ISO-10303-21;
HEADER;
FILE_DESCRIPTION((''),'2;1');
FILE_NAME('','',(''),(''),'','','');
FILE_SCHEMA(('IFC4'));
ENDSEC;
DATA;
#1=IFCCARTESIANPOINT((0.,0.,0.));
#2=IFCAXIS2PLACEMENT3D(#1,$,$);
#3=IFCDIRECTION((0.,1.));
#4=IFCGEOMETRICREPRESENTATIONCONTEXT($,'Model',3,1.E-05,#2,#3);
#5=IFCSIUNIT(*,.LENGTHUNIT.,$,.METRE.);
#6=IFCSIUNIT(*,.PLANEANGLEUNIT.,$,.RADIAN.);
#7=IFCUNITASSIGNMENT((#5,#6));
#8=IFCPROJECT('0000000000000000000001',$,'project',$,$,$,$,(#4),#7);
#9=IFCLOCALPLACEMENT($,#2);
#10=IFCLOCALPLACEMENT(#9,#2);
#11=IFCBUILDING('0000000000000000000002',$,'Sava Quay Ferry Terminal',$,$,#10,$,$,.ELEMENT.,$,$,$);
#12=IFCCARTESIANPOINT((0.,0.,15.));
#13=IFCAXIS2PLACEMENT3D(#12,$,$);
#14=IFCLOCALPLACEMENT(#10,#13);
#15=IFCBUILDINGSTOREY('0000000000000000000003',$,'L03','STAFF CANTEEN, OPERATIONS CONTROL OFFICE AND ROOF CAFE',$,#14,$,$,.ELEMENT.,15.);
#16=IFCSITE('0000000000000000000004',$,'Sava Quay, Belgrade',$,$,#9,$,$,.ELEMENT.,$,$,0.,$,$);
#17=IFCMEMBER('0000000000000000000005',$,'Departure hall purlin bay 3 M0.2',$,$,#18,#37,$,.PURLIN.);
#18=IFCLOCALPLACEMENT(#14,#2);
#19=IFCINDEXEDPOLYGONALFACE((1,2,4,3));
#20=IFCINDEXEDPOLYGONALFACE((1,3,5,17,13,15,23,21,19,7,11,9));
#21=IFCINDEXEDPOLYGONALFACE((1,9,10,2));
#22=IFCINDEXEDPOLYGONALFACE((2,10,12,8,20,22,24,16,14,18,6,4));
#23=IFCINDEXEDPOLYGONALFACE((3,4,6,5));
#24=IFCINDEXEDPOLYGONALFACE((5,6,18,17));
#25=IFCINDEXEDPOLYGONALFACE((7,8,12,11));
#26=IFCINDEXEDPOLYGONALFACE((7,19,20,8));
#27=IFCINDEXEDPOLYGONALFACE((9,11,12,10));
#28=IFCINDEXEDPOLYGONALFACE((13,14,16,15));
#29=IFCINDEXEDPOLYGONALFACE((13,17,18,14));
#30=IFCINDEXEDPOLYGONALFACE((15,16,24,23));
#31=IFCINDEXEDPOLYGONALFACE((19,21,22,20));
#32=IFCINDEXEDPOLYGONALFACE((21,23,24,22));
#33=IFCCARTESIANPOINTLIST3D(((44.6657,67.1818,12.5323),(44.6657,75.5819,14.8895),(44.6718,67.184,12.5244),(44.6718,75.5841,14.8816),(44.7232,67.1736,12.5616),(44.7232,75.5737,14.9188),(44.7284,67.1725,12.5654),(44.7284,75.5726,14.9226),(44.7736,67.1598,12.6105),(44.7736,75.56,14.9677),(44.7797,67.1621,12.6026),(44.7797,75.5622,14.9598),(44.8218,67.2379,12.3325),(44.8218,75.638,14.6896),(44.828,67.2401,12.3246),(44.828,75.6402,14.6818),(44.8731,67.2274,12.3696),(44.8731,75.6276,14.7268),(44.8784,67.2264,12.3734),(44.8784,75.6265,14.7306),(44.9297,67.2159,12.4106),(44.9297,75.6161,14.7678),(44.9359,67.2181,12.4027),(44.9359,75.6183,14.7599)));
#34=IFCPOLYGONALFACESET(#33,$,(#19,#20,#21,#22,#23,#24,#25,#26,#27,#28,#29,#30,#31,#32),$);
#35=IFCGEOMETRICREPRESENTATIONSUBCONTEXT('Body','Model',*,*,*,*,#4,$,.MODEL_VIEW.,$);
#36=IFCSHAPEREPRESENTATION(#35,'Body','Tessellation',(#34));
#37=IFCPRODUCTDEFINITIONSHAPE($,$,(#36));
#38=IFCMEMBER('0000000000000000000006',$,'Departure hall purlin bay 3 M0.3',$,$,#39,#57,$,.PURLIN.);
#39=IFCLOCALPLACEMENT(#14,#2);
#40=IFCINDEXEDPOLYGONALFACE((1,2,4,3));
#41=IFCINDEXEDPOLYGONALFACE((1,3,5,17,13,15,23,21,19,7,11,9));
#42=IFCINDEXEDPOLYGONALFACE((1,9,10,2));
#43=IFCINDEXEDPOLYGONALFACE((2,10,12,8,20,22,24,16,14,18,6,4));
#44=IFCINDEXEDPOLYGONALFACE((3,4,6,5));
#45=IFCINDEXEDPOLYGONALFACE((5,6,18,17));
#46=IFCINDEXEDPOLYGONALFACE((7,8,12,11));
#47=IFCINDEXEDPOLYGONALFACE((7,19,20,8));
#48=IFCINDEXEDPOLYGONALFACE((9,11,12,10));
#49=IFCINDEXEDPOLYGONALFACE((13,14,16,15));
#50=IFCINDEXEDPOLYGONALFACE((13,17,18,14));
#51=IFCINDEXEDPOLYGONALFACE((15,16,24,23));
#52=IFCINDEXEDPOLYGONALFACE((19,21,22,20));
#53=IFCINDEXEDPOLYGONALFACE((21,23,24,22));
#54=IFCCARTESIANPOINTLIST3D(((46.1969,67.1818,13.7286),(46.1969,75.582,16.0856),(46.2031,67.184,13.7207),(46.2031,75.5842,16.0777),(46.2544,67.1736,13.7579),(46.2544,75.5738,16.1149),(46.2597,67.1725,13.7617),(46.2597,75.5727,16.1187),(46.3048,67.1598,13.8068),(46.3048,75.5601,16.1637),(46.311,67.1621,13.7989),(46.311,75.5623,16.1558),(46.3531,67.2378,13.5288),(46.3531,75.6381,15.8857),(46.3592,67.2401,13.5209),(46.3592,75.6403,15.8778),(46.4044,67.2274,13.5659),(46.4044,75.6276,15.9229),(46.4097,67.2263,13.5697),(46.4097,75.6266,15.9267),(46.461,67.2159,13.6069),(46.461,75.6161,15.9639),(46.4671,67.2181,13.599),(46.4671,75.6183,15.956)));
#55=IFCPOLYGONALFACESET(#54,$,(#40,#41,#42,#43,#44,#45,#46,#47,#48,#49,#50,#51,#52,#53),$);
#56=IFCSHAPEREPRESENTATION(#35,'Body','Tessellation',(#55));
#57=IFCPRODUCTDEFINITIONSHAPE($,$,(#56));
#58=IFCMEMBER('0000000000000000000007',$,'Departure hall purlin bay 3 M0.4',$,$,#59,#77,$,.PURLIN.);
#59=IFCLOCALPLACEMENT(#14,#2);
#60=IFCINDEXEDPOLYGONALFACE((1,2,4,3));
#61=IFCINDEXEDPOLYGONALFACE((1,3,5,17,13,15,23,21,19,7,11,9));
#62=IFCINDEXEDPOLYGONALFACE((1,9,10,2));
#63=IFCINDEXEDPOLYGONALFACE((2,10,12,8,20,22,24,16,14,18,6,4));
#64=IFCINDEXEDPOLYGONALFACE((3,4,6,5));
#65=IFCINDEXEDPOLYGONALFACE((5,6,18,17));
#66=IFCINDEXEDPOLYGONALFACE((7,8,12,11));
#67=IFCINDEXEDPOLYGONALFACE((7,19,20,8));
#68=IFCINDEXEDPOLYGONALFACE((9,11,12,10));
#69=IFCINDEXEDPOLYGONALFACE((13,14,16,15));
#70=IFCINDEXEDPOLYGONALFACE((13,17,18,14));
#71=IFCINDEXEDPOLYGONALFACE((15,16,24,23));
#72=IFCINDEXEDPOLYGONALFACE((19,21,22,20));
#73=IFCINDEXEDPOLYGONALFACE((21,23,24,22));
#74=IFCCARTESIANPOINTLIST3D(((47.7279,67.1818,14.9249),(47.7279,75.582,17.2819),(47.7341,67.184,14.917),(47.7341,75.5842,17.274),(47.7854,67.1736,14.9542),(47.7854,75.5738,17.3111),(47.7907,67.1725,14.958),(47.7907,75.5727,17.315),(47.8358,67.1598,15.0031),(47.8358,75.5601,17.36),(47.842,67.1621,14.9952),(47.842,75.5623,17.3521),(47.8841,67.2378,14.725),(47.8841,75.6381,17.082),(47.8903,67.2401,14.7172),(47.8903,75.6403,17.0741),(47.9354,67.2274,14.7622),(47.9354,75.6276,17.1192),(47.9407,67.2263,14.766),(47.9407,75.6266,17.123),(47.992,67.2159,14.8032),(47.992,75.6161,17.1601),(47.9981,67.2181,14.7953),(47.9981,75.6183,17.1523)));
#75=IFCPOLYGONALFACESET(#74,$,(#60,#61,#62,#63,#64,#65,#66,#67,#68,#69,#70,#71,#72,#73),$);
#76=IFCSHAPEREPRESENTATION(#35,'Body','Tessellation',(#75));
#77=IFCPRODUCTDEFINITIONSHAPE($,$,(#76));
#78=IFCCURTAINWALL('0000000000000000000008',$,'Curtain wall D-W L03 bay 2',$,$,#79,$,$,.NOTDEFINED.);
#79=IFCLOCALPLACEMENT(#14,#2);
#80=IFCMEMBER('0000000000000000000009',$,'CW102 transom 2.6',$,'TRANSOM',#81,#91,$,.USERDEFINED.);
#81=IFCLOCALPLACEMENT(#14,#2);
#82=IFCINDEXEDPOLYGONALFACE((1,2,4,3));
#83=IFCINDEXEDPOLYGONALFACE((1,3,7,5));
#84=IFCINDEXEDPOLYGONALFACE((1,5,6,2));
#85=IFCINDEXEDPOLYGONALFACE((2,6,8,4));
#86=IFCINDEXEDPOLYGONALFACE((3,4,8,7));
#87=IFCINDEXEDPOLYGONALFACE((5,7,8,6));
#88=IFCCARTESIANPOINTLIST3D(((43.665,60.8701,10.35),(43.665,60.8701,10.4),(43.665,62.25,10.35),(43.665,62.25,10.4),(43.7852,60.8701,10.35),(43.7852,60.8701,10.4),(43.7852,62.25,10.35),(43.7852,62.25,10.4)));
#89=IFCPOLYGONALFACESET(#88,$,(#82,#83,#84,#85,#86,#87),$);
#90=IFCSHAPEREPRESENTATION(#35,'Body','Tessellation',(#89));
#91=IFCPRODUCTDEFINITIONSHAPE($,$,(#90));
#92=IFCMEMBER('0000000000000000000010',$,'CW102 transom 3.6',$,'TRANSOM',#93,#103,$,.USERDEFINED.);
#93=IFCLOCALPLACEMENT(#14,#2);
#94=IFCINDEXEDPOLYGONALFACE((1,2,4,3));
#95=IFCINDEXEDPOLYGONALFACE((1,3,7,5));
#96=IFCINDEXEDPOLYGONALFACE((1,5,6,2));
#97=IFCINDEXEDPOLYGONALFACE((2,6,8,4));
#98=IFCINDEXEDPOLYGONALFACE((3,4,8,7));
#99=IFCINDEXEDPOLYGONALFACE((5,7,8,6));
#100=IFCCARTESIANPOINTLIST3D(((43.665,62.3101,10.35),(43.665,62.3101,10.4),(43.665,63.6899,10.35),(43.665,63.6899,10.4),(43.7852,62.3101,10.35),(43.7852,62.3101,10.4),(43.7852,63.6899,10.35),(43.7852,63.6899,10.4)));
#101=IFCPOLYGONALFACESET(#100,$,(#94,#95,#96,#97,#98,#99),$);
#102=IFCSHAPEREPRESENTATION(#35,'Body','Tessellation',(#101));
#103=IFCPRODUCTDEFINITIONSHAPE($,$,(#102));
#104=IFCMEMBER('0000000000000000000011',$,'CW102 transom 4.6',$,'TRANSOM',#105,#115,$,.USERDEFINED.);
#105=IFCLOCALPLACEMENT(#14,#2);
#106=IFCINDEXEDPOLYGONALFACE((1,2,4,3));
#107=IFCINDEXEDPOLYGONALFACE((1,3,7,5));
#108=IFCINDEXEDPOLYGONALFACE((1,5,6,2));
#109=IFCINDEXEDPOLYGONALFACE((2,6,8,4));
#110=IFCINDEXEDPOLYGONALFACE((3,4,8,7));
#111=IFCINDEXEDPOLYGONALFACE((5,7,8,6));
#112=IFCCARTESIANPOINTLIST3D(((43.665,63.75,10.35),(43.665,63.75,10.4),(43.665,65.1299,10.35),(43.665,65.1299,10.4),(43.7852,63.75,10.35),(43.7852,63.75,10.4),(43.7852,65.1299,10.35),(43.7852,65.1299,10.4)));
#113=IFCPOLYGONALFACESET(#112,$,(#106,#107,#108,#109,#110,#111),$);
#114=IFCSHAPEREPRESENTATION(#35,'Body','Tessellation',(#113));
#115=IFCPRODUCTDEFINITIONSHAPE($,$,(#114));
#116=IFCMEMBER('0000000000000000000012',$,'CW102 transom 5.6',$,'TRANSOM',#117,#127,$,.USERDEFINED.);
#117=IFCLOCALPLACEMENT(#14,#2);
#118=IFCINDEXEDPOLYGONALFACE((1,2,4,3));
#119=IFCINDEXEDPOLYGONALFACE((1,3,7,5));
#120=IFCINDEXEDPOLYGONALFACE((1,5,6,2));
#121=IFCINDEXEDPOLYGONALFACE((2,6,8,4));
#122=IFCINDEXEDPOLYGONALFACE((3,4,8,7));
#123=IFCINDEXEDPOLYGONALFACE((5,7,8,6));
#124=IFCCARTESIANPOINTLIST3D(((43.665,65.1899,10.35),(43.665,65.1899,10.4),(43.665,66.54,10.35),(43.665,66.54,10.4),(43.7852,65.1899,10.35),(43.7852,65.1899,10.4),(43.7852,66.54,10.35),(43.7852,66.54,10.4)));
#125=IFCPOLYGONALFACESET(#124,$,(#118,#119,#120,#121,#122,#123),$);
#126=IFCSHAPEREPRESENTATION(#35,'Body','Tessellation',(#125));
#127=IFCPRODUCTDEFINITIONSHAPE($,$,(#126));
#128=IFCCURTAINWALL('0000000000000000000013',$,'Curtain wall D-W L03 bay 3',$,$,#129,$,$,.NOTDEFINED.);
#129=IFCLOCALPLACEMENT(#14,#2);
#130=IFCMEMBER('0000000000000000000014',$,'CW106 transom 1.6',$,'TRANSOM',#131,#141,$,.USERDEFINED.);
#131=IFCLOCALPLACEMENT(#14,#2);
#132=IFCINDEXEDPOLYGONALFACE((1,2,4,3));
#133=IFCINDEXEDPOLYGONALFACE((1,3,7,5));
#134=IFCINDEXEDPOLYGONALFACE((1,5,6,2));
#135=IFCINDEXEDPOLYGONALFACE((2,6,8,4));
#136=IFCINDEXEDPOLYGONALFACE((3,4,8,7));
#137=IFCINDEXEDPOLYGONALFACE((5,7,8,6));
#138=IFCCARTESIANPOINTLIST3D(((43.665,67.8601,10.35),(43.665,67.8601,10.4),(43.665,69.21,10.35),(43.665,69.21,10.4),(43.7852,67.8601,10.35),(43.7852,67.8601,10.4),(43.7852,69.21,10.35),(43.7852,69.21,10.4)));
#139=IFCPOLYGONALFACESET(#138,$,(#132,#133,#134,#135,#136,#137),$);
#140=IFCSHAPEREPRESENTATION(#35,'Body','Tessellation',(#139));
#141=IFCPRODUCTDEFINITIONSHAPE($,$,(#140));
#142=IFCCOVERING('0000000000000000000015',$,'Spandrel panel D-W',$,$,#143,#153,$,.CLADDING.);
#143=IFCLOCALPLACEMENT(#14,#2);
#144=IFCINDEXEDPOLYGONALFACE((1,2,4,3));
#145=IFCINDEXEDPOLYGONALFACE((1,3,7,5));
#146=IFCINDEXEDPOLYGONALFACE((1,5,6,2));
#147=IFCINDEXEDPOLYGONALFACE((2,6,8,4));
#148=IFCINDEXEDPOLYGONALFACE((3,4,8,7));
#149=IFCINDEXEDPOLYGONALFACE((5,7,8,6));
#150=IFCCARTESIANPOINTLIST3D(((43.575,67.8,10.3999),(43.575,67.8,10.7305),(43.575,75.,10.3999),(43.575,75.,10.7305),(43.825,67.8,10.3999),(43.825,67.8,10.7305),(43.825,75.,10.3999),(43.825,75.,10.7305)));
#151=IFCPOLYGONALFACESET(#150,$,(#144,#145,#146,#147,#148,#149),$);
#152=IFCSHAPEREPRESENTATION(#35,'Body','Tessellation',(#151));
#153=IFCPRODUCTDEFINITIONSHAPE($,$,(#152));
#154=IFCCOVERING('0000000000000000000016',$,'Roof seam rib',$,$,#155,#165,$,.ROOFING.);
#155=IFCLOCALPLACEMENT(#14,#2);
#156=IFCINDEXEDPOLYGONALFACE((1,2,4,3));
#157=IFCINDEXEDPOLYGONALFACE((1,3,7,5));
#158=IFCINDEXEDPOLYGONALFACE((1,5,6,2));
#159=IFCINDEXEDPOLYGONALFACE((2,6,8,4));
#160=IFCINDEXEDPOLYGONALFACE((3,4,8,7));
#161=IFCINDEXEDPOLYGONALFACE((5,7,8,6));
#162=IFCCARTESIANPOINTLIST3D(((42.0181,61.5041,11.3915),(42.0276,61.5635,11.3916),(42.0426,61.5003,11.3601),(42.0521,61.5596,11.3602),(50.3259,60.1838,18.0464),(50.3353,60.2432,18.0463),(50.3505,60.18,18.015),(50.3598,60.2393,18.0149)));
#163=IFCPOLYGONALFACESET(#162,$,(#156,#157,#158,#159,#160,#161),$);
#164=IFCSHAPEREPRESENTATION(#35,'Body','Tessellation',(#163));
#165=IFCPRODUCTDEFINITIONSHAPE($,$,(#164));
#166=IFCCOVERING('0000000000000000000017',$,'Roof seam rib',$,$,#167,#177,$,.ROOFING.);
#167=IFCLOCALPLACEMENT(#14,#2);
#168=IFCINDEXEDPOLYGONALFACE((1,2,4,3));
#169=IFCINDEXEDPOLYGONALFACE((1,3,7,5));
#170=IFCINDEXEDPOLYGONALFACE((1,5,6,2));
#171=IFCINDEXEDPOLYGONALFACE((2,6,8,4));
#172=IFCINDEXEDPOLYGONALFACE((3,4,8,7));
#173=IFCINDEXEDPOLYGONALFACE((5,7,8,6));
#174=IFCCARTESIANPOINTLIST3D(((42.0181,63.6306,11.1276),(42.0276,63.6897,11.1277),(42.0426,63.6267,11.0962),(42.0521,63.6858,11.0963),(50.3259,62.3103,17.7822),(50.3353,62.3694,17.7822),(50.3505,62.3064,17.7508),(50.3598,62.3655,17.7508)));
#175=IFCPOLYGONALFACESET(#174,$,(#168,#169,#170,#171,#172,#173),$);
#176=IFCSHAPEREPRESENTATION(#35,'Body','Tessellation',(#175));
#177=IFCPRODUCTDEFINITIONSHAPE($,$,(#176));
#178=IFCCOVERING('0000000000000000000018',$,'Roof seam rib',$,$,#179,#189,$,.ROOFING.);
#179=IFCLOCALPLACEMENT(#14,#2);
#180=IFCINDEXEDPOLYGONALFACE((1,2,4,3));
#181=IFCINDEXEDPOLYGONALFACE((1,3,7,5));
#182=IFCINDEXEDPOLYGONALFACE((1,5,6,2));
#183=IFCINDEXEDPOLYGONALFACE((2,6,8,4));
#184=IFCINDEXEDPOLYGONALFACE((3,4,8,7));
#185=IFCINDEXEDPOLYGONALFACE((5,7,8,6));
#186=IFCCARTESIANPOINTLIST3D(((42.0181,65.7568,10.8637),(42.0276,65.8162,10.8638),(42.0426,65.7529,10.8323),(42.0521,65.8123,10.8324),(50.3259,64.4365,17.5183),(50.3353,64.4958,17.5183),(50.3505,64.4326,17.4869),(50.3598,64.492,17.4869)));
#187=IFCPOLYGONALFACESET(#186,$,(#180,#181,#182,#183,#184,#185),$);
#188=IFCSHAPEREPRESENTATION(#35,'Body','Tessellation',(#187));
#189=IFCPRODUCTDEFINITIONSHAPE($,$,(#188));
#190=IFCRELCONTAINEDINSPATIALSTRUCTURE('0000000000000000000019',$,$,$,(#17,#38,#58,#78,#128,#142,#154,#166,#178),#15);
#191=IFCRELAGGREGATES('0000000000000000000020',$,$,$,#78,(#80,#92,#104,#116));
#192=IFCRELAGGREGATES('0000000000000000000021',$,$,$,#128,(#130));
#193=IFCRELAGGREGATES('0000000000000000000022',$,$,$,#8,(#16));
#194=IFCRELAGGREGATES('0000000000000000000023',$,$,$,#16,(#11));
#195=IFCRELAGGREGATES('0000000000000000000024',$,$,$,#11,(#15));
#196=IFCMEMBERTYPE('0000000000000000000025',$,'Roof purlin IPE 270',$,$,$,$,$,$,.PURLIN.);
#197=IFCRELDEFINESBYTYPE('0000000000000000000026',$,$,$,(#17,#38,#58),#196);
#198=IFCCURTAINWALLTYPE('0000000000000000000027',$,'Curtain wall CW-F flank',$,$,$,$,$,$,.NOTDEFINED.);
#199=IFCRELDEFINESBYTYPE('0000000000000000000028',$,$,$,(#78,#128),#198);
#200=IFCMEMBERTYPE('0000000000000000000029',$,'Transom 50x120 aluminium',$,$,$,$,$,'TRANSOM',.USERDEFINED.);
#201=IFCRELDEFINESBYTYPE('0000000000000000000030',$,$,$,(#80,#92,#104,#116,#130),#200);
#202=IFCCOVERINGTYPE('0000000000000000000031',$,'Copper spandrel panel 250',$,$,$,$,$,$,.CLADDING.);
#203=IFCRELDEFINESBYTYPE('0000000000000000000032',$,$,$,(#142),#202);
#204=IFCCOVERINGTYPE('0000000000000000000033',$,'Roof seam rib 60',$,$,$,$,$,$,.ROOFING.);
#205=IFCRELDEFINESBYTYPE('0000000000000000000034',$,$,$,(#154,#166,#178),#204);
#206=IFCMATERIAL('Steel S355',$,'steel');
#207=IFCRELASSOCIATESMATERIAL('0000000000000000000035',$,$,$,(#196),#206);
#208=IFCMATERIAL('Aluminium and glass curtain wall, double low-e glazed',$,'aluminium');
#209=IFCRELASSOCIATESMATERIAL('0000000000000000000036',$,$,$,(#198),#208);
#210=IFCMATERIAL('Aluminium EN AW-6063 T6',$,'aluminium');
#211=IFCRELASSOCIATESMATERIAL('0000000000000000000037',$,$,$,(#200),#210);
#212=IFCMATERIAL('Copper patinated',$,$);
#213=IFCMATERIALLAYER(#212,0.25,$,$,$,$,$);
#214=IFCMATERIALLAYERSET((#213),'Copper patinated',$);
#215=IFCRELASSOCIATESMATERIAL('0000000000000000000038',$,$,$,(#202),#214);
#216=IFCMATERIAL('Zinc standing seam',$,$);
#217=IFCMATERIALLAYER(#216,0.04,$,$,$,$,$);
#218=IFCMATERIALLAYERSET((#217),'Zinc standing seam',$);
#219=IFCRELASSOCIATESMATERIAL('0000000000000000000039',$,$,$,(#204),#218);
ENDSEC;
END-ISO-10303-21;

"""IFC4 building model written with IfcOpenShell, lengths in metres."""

from ifc_helpers import new_model, si_unit, direction, frame, origin, origin_2d, place, context, subcontext, project, spatial, polyline, rectangle, i_section, outline, extrude, material, layer, layer_set, material_profile, profile_set, type_object, element, aggregate, save


model = new_model("IFC4")

# Units and contexts
model_context = context("Model", 3, precision=1e-05, world=origin(), true_north=direction((0.0, 1.0)))
body_context = subcontext(model_context, "Body", "Model", "MODEL_VIEW")
ifc_project = project(units=[si_unit("LENGTHUNIT", "METRE"), si_unit("PLANEANGLEUNIT", "RADIAN")], contexts=[model_context])

# Site, building, storey
site_placement = place(None, origin())
site = spatial("IfcSite", under=ifc_project, at=site_placement, Name="Sava Quay, Belgrade", CompositionType="ELEMENT", RefElevation=0.0)
building_placement = place(site_placement, origin())
building = spatial("IfcBuilding", under=site, at=building_placement, Name="Sava Quay Ferry Terminal", CompositionType="ELEMENT")
storey_placement = place(building_placement, frame((0.0, 0.0, 15.0)))
storey = spatial("IfcBuildingStorey", under=building, at=storey_placement, Name="L03", Description="STAFF CANTEEN, OPERATIONS CONTROL OFFICE AND ROOF CAFE", CompositionType="ELEMENT", Elevation=15.0)

# Members
ifc_material_1 = material(Name="Steel S355", Category="steel")
ifc_material_profile_1 = material_profile(ifc_material_1, i_section(OverallWidth=0.135, OverallDepth=0.27, WebThickness=0.0066, FlangeThickness=0.0103, at=origin_2d()), Name="IPE 270")
ifc_profile_set_1 = profile_set([ifc_material_profile_1], Name="Steel S355")
member_type_1 = type_object("IfcMemberType", Name="Roof purlin IPE 270", PredefinedType="PURLIN", material=ifc_profile_set_1)
for number, where, z_axis, x_axis, name in (
    (1, (44.8008, 67.2, 12.4675), (0.0, 0.962811, 0.270176), (-0.799142, 0.162414, -0.578786), "Departure hall purlin bay 3 M0.2"),
    (2, (46.332, 67.2, 13.6638), (0.0, 0.962818, 0.27015), (-0.799142, 0.162398, -0.57879), "Departure hall purlin bay 3 M0.3"),
    (3, (47.863, 67.2, 14.8601), (0.0, 0.962818, 0.27015), (-0.799142, 0.162398, -0.57879), "Departure hall purlin bay 3 M0.4"),
):
    element("IfcMember", number, at=place(storey_placement, frame(where, z_axis=z_axis, x_axis=x_axis)), inside=storey, type_object=member_type_1, Name=name, PredefinedType="PURLIN", context=body_context, shape_type="SweptSolid", body=[
        extrude(i_section(OverallWidth=0.135, OverallDepth=0.27, WebThickness=0.0066, FlangeThickness=0.0103, at=origin_2d()), origin(), (0.0, 0.0, 1.0), 8.7246),
    ])

# Curtain wall, members
ifc_material_2 = material(Name="Aluminium and glass curtain wall, double low-e glazed", Category="aluminium")
curtain_wall_type = type_object("IfcCurtainWallType", Name="Curtain wall CW-F flank", PredefinedType="NOTDEFINED", material=ifc_material_2)
curtain_wall_1_placement = place(storey_placement, origin())
curtain_wall_1 = element("IfcCurtainWall", 4, at=curtain_wall_1_placement, inside=storey, type_object=curtain_wall_type, Name="Curtain wall D-W L03 bay 2", PredefinedType="NOTDEFINED")
ifc_material_3 = material(Name="Aluminium EN AW-6063 T6", Category="aluminium")
ifc_material_profile_2 = material_profile(ifc_material_3, rectangle(XDim=0.1201, YDim=0.05, at=origin_2d()), Name="Transom 50x120 aluminium")
ifc_profile_set_2 = profile_set([ifc_material_profile_2], Name="Aluminium EN AW-6063 T6")
member_type_2 = type_object("IfcMemberType", Name="Transom 50x120 aluminium", ElementType="TRANSOM", PredefinedType="USERDEFINED", material=ifc_profile_set_2)
member_1_placement = place(storey_placement, frame((43.7251, 60.8701, 10.375), z_axis=(0.0, 1.0, 0.0), x_axis=(-1.0, 0.0, 0.0)))
member_1 = element("IfcMember", 5, at=member_1_placement, type_object=member_type_2, Name="CW102 transom 2.6", ObjectType="TRANSOM", PredefinedType="USERDEFINED", context=body_context, shape_type="SweptSolid", body=[
    extrude(rectangle(XDim=0.1201, YDim=0.05, at=origin_2d()), origin(), (0.0, 0.0, 1.0), 1.3799),
])
member_2_placement = place(storey_placement, frame((43.7251, 62.3101, 10.375), z_axis=(0.0, 1.0, 0.0), x_axis=(-1.0, 0.0, 0.0)))
member_2 = element("IfcMember", 6, at=member_2_placement, type_object=member_type_2, Name="CW102 transom 3.6", ObjectType="TRANSOM", PredefinedType="USERDEFINED", context=body_context, shape_type="SweptSolid", body=[
    extrude(rectangle(XDim=0.1201, YDim=0.05, at=origin_2d()), origin(), (0.0, 0.0, 1.0), 1.3799),
])
member_3_placement = place(storey_placement, frame((43.7251, 63.75, 10.375), z_axis=(0.0, 1.0, 0.0), x_axis=(-1.0, 0.0, 0.0)))
member_3 = element("IfcMember", 7, at=member_3_placement, type_object=member_type_2, Name="CW102 transom 4.6", ObjectType="TRANSOM", PredefinedType="USERDEFINED", context=body_context, shape_type="SweptSolid", body=[
    extrude(rectangle(XDim=0.1201, YDim=0.05, at=origin_2d()), origin(), (0.0, 0.0, 1.0), 1.3799),
])
member_4_placement = place(storey_placement, frame((43.7251, 65.1899, 10.375), z_axis=(0.0, 1.0, 0.0), x_axis=(-1.0, 0.0, 0.0)))
member_4 = element("IfcMember", 8, at=member_4_placement, type_object=member_type_2, Name="CW102 transom 5.6", ObjectType="TRANSOM", PredefinedType="USERDEFINED", context=body_context, shape_type="SweptSolid", body=[
    extrude(rectangle(XDim=0.1201, YDim=0.05, at=origin_2d()), origin(), (0.0, 0.0, 1.0), 1.3501),
])
aggregate(curtain_wall_1, [member_1, member_2, member_3, member_4])

# Curtain wall, member
curtain_wall_2_placement = place(storey_placement, origin())
curtain_wall_2 = element("IfcCurtainWall", 9, at=curtain_wall_2_placement, inside=storey, type_object=curtain_wall_type, Name="Curtain wall D-W L03 bay 3", PredefinedType="NOTDEFINED")
member_5_placement = place(storey_placement, frame((43.7251, 67.8601, 10.375), z_axis=(0.0, 1.0, 0.0), x_axis=(-1.0, 0.0, 0.0)))
member_5 = element("IfcMember", 10, at=member_5_placement, type_object=member_type_2, Name="CW106 transom 1.6", ObjectType="TRANSOM", PredefinedType="USERDEFINED", context=body_context, shape_type="SweptSolid", body=[
    extrude(rectangle(XDim=0.1201, YDim=0.05, at=origin_2d()), origin(), (0.0, 0.0, 1.0), 1.3499),
])
aggregate(curtain_wall_2, [member_5])

# Coverings
ifc_material_4 = material(Name="Copper patinated")
ifc_layer_1 = layer(ifc_material_4, 0.25)
ifc_layer_set_1 = layer_set([ifc_layer_1], Name="Copper patinated")
covering_type_1 = type_object("IfcCoveringType", Name="Copper spandrel panel 250", PredefinedType="CLADDING", material=ifc_layer_set_1)
covering_1_placement = place(storey_placement, frame((43.7, 67.8, 10.3999), z_axis=(0.0, 0.0, 1.0), x_axis=(0.0, 1.0, 0.0)))
element("IfcCovering", 11, at=covering_1_placement, inside=storey, type_object=covering_type_1, Name="Spandrel panel D-W", PredefinedType="CLADDING", context=body_context, shape_type="SweptSolid", body=[
    extrude(outline(polyline([(0.0, 0.0), (7.2, 0.0), (7.2, 0.3306), (0.0, 0.3306), (0.0, 0.0)])), frame((0.0, 0.125, 0.0), z_axis=(0.0, -1.0, 0.0), x_axis=(1.0, 0.0, 0.0)), (0.0, 0.0, 1.0), 0.25),
])
ifc_material_5 = material(Name="Zinc standing seam")
ifc_layer_2 = layer(ifc_material_5, 0.04)
ifc_layer_set_2 = layer_set([ifc_layer_2], Name="Zinc standing seam")
covering_type_2 = type_object("IfcCoveringType", Name="Roof seam rib 60", PredefinedType="ROOFING", material=ifc_layer_set_2)
covering_2_placement = place(storey_placement, frame((42.0276, 61.5635, 11.3916), z_axis=(-0.612789, 0.097088, 0.78426), x_axis=(0.774539, -0.123096, 0.620433)))
element("IfcCovering", 12, at=covering_2_placement, inside=storey, type_object=covering_type_2, Name="Roof seam rib", PredefinedType="ROOFING", context=body_context, shape_type="SweptSolid", body=[
    extrude(outline(polyline([(0.0, 0.0), (10.7259, 0.0), (10.7261, -0.06), (-0.0001, -0.0601), (0.0, 0.0)])), origin(), (0.0, 0.0, -1.0), 0.04),
])
covering_3_placement = place(storey_placement, frame((42.0276, 63.6897, 11.1277), z_axis=(-0.612713, 0.097477, 0.784271), x_axis=(0.77455, -0.123098, 0.620419)))
element("IfcCovering", 13, at=covering_3_placement, inside=storey, type_object=covering_type_2, Name="Roof seam rib", PredefinedType="ROOFING", context=body_context, shape_type="SweptSolid", body=[
    extrude(outline(polyline([(0.0, 0.0), (10.7258, 0.0), (10.7259, -0.0598), (-0.0001, -0.0598), (0.0, 0.0)])), origin(), (0.0, 0.0, -1.0), 0.04),
])
covering_4_placement = place(storey_placement, frame((42.0276, 65.8162, 10.8638), z_axis=(-0.612775, 0.097086, 0.784271), x_axis=(0.77455, -0.123098, 0.620419)))
element("IfcCovering", 14, at=covering_4_placement, inside=storey, type_object=covering_type_2, Name="Roof seam rib", PredefinedType="ROOFING", context=body_context, shape_type="SweptSolid", body=[
    extrude(outline(polyline([(0.0, 0.0), (10.7258, 0.0), (10.7259, -0.06), (-0.0001, -0.0601), (0.0, 0.0)])), origin(), (0.0, 0.0, -1.0), 0.04),
])

save(model, "model.ifc")
